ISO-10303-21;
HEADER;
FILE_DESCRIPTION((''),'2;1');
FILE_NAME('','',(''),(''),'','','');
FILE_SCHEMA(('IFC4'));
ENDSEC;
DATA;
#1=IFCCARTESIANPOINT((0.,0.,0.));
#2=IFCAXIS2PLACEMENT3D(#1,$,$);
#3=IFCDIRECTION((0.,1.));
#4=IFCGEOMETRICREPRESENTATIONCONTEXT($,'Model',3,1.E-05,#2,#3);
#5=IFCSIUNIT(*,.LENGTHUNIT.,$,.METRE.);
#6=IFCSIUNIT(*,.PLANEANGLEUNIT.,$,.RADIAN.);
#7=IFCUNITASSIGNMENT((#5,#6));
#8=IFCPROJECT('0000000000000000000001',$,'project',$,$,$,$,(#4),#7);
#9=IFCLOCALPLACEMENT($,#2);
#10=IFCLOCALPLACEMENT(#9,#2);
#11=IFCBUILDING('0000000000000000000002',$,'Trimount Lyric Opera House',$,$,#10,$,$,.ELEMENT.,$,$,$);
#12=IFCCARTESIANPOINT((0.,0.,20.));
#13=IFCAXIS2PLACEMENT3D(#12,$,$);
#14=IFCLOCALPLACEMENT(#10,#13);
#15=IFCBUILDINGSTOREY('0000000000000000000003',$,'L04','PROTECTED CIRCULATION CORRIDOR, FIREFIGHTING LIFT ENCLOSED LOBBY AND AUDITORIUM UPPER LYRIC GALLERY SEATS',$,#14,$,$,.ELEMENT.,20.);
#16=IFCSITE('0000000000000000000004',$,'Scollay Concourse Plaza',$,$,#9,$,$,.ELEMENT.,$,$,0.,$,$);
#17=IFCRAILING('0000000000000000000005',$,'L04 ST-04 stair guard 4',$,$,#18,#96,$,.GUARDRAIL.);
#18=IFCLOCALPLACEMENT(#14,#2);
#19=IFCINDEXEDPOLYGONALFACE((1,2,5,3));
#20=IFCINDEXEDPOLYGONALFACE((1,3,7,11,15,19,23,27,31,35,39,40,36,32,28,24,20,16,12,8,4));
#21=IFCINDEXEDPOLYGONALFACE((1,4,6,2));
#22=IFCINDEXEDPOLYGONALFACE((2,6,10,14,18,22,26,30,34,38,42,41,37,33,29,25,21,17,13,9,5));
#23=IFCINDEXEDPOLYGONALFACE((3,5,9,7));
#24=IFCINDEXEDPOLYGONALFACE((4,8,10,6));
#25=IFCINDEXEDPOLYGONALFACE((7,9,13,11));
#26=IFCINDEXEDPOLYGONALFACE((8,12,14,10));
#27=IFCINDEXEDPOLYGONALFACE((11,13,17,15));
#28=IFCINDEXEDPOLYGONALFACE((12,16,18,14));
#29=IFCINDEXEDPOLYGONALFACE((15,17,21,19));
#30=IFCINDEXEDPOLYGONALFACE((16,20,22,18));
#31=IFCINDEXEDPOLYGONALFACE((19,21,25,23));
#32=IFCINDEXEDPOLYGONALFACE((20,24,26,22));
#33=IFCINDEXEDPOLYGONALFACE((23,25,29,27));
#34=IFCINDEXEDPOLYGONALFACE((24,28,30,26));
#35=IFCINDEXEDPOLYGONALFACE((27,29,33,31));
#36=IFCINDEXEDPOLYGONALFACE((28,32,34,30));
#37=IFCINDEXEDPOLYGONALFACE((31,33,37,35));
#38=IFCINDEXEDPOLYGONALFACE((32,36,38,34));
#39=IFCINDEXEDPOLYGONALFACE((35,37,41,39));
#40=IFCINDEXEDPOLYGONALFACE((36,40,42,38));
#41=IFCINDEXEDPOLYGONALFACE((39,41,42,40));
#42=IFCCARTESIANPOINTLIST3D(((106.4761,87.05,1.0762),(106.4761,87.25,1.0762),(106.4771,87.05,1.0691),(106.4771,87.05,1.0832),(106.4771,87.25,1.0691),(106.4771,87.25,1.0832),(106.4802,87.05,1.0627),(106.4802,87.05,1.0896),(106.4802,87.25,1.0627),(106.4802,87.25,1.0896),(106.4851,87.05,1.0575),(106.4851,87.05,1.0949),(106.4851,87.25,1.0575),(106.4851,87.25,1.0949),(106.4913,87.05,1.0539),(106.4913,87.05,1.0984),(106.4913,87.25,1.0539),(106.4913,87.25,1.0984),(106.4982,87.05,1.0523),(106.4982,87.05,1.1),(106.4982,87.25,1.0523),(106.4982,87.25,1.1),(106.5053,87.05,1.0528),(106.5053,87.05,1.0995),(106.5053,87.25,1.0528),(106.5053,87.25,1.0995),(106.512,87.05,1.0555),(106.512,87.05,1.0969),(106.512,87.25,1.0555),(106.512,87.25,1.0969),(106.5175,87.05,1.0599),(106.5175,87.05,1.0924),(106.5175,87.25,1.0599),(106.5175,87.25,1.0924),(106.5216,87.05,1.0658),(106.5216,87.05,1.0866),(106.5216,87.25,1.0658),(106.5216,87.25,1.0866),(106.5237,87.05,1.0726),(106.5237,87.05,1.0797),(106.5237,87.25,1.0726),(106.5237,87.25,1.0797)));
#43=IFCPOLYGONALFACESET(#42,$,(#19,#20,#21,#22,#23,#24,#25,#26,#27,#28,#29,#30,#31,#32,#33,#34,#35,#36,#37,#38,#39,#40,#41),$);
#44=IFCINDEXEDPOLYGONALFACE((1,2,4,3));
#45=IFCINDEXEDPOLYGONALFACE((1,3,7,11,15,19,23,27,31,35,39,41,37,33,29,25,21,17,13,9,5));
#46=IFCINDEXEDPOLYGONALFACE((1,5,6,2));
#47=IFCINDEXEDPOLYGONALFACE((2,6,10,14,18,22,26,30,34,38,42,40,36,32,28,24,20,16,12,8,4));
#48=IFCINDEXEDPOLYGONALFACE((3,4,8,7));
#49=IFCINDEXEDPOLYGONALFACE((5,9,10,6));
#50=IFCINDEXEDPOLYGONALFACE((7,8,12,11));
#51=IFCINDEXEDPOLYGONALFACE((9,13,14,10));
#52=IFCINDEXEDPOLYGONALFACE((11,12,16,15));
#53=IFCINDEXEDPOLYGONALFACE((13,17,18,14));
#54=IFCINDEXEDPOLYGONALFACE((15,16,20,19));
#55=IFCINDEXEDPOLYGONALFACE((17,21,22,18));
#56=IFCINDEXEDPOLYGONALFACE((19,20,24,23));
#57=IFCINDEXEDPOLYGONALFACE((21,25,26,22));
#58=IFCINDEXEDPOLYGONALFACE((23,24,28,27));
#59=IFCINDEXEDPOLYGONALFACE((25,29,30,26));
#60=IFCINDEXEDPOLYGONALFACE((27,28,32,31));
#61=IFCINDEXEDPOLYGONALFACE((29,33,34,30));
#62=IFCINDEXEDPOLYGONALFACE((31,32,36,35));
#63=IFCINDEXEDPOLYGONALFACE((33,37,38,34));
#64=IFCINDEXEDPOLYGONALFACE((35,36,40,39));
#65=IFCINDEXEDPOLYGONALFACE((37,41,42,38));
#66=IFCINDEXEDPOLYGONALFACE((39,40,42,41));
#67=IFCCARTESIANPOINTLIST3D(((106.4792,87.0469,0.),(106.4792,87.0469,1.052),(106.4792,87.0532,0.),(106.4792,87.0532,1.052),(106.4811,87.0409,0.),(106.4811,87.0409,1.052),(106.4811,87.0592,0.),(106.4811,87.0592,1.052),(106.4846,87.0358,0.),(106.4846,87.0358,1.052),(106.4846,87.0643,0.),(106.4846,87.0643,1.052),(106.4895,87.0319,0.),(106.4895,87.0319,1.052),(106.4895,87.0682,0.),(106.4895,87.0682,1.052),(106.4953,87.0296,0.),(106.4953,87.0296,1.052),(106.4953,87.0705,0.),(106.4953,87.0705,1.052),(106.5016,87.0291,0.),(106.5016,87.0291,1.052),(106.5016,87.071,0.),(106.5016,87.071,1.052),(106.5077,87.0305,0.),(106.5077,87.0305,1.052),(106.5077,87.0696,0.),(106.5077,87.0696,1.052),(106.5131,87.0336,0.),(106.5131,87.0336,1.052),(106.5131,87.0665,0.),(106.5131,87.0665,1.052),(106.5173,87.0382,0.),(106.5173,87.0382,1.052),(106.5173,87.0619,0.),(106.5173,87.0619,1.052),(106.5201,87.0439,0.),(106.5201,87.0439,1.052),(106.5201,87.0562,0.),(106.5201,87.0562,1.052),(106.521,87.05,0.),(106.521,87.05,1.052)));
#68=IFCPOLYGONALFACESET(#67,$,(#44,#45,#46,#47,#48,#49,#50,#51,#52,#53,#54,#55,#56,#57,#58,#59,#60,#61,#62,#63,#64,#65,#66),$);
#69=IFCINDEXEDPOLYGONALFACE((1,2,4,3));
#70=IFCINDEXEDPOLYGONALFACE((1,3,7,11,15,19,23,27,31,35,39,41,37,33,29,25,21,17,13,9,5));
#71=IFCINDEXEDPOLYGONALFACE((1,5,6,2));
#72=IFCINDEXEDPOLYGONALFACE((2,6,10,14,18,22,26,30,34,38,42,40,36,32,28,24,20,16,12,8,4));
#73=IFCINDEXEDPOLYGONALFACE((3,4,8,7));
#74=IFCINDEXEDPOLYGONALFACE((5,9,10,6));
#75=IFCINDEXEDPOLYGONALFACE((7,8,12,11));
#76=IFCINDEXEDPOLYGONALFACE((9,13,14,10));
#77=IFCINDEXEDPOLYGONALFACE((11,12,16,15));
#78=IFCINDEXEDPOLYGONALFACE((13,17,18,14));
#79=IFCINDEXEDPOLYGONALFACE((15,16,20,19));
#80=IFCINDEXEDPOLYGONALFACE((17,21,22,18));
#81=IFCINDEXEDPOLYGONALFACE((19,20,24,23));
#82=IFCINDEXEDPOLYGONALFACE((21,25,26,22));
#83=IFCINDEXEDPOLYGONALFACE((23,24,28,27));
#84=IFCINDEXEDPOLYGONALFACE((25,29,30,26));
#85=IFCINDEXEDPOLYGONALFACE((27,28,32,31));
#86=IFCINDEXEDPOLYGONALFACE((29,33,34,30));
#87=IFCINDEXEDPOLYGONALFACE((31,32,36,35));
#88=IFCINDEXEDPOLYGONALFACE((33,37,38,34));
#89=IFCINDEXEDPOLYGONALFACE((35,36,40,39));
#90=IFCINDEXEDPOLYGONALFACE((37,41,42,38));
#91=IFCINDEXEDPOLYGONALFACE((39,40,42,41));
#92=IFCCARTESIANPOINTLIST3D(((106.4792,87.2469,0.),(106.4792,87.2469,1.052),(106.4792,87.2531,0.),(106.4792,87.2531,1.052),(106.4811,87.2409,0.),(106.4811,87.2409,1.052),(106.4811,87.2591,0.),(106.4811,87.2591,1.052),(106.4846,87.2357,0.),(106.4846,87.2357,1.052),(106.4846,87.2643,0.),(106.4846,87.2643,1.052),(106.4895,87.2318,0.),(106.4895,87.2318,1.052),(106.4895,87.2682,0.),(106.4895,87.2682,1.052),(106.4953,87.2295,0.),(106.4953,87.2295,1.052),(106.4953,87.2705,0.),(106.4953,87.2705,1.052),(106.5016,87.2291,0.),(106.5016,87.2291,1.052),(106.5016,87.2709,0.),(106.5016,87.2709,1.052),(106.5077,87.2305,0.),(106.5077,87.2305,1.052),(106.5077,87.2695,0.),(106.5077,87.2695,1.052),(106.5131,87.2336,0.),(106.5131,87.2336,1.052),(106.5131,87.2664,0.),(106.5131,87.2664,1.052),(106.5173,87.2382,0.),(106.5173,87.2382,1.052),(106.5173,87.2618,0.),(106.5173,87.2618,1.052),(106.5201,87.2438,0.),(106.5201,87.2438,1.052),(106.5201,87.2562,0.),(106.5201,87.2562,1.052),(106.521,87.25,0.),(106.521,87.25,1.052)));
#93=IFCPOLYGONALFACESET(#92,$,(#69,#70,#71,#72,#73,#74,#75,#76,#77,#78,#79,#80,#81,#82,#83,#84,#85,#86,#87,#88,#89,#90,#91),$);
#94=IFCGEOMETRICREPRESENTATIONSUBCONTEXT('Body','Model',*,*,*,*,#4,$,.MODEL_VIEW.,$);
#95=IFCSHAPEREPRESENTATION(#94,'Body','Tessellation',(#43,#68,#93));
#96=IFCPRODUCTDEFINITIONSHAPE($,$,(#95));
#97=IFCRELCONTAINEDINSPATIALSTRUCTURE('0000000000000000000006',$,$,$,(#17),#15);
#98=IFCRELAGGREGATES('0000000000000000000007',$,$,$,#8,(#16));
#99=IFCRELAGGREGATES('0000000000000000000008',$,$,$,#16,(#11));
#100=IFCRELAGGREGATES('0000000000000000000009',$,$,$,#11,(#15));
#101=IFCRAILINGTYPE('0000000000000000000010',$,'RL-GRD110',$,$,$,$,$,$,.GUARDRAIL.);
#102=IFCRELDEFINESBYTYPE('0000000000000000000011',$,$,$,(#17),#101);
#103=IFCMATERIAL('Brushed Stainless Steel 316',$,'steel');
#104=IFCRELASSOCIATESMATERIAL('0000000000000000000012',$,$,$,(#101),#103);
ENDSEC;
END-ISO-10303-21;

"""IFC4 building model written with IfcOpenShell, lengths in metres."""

from ifc_helpers import new_model, si_unit, direction, frame, origin, origin_2d, place, context, subcontext, project, spatial, circle, extrude, material, type_object, element, save


model = new_model("IFC4")

# Units and contexts
model_context = context("Model", 3, precision=1e-05, world=origin(), true_north=direction((0.0, 1.0)))
body_context = subcontext(model_context, "Body", "Model", "MODEL_VIEW")
ifc_project = project(units=[si_unit("LENGTHUNIT", "METRE"), si_unit("PLANEANGLEUNIT", "RADIAN")], contexts=[model_context])

# Site, building, storey
site_placement = place(None, origin())
site = spatial("IfcSite", under=ifc_project, at=site_placement, Name="Scollay Concourse Plaza", CompositionType="ELEMENT", RefElevation=0.0)
building_placement = place(site_placement, origin())
building = spatial("IfcBuilding", under=site, at=building_placement, Name="Trimount Lyric Opera House", CompositionType="ELEMENT")
storey_placement = place(building_placement, frame((0.0, 0.0, 20.0)))
storey = spatial("IfcBuildingStorey", under=building, at=storey_placement, Name="L04", Description="PROTECTED CIRCULATION CORRIDOR, FIREFIGHTING LIFT ENCLOSED LOBBY AND AUDITORIUM UPPER LYRIC GALLERY SEATS", CompositionType="ELEMENT", Elevation=20.0)

# Railing
ifc_material_1 = material(Name="Brushed Stainless Steel 316", Category="steel")
railing_type_1 = type_object("IfcRailingType", Name="RL-GRD110", PredefinedType="GUARDRAIL", material=ifc_material_1)
railing_1_placement = place(storey_placement, frame((106.5, 87.05, 0.0)))
element("IfcRailing", 1, at=railing_1_placement, inside=storey, type_object=railing_type_1, Name="L04 ST-04 stair guard 4", PredefinedType="GUARDRAIL", context=body_context, shape_type="SweptSolid", body=[
    extrude(circle(Radius=0.0239, at=origin_2d()), frame((0.0, 0.0, 1.0762), z_axis=(0.0, 1.0, 0.0), x_axis=(-1.0, 0.0, 0.0)), (0.0, 0.0, 1.0), 0.2),
    extrude(circle(Radius=0.021, at=origin_2d()), origin(), (0.0, 0.0, 1.0), 1.052),
    extrude(circle(Radius=0.021, at=origin_2d()), frame((0.0, 0.2, 0.0)), (0.0, 0.0, 1.0), 1.052),
])

save(model, "model.ifc")
